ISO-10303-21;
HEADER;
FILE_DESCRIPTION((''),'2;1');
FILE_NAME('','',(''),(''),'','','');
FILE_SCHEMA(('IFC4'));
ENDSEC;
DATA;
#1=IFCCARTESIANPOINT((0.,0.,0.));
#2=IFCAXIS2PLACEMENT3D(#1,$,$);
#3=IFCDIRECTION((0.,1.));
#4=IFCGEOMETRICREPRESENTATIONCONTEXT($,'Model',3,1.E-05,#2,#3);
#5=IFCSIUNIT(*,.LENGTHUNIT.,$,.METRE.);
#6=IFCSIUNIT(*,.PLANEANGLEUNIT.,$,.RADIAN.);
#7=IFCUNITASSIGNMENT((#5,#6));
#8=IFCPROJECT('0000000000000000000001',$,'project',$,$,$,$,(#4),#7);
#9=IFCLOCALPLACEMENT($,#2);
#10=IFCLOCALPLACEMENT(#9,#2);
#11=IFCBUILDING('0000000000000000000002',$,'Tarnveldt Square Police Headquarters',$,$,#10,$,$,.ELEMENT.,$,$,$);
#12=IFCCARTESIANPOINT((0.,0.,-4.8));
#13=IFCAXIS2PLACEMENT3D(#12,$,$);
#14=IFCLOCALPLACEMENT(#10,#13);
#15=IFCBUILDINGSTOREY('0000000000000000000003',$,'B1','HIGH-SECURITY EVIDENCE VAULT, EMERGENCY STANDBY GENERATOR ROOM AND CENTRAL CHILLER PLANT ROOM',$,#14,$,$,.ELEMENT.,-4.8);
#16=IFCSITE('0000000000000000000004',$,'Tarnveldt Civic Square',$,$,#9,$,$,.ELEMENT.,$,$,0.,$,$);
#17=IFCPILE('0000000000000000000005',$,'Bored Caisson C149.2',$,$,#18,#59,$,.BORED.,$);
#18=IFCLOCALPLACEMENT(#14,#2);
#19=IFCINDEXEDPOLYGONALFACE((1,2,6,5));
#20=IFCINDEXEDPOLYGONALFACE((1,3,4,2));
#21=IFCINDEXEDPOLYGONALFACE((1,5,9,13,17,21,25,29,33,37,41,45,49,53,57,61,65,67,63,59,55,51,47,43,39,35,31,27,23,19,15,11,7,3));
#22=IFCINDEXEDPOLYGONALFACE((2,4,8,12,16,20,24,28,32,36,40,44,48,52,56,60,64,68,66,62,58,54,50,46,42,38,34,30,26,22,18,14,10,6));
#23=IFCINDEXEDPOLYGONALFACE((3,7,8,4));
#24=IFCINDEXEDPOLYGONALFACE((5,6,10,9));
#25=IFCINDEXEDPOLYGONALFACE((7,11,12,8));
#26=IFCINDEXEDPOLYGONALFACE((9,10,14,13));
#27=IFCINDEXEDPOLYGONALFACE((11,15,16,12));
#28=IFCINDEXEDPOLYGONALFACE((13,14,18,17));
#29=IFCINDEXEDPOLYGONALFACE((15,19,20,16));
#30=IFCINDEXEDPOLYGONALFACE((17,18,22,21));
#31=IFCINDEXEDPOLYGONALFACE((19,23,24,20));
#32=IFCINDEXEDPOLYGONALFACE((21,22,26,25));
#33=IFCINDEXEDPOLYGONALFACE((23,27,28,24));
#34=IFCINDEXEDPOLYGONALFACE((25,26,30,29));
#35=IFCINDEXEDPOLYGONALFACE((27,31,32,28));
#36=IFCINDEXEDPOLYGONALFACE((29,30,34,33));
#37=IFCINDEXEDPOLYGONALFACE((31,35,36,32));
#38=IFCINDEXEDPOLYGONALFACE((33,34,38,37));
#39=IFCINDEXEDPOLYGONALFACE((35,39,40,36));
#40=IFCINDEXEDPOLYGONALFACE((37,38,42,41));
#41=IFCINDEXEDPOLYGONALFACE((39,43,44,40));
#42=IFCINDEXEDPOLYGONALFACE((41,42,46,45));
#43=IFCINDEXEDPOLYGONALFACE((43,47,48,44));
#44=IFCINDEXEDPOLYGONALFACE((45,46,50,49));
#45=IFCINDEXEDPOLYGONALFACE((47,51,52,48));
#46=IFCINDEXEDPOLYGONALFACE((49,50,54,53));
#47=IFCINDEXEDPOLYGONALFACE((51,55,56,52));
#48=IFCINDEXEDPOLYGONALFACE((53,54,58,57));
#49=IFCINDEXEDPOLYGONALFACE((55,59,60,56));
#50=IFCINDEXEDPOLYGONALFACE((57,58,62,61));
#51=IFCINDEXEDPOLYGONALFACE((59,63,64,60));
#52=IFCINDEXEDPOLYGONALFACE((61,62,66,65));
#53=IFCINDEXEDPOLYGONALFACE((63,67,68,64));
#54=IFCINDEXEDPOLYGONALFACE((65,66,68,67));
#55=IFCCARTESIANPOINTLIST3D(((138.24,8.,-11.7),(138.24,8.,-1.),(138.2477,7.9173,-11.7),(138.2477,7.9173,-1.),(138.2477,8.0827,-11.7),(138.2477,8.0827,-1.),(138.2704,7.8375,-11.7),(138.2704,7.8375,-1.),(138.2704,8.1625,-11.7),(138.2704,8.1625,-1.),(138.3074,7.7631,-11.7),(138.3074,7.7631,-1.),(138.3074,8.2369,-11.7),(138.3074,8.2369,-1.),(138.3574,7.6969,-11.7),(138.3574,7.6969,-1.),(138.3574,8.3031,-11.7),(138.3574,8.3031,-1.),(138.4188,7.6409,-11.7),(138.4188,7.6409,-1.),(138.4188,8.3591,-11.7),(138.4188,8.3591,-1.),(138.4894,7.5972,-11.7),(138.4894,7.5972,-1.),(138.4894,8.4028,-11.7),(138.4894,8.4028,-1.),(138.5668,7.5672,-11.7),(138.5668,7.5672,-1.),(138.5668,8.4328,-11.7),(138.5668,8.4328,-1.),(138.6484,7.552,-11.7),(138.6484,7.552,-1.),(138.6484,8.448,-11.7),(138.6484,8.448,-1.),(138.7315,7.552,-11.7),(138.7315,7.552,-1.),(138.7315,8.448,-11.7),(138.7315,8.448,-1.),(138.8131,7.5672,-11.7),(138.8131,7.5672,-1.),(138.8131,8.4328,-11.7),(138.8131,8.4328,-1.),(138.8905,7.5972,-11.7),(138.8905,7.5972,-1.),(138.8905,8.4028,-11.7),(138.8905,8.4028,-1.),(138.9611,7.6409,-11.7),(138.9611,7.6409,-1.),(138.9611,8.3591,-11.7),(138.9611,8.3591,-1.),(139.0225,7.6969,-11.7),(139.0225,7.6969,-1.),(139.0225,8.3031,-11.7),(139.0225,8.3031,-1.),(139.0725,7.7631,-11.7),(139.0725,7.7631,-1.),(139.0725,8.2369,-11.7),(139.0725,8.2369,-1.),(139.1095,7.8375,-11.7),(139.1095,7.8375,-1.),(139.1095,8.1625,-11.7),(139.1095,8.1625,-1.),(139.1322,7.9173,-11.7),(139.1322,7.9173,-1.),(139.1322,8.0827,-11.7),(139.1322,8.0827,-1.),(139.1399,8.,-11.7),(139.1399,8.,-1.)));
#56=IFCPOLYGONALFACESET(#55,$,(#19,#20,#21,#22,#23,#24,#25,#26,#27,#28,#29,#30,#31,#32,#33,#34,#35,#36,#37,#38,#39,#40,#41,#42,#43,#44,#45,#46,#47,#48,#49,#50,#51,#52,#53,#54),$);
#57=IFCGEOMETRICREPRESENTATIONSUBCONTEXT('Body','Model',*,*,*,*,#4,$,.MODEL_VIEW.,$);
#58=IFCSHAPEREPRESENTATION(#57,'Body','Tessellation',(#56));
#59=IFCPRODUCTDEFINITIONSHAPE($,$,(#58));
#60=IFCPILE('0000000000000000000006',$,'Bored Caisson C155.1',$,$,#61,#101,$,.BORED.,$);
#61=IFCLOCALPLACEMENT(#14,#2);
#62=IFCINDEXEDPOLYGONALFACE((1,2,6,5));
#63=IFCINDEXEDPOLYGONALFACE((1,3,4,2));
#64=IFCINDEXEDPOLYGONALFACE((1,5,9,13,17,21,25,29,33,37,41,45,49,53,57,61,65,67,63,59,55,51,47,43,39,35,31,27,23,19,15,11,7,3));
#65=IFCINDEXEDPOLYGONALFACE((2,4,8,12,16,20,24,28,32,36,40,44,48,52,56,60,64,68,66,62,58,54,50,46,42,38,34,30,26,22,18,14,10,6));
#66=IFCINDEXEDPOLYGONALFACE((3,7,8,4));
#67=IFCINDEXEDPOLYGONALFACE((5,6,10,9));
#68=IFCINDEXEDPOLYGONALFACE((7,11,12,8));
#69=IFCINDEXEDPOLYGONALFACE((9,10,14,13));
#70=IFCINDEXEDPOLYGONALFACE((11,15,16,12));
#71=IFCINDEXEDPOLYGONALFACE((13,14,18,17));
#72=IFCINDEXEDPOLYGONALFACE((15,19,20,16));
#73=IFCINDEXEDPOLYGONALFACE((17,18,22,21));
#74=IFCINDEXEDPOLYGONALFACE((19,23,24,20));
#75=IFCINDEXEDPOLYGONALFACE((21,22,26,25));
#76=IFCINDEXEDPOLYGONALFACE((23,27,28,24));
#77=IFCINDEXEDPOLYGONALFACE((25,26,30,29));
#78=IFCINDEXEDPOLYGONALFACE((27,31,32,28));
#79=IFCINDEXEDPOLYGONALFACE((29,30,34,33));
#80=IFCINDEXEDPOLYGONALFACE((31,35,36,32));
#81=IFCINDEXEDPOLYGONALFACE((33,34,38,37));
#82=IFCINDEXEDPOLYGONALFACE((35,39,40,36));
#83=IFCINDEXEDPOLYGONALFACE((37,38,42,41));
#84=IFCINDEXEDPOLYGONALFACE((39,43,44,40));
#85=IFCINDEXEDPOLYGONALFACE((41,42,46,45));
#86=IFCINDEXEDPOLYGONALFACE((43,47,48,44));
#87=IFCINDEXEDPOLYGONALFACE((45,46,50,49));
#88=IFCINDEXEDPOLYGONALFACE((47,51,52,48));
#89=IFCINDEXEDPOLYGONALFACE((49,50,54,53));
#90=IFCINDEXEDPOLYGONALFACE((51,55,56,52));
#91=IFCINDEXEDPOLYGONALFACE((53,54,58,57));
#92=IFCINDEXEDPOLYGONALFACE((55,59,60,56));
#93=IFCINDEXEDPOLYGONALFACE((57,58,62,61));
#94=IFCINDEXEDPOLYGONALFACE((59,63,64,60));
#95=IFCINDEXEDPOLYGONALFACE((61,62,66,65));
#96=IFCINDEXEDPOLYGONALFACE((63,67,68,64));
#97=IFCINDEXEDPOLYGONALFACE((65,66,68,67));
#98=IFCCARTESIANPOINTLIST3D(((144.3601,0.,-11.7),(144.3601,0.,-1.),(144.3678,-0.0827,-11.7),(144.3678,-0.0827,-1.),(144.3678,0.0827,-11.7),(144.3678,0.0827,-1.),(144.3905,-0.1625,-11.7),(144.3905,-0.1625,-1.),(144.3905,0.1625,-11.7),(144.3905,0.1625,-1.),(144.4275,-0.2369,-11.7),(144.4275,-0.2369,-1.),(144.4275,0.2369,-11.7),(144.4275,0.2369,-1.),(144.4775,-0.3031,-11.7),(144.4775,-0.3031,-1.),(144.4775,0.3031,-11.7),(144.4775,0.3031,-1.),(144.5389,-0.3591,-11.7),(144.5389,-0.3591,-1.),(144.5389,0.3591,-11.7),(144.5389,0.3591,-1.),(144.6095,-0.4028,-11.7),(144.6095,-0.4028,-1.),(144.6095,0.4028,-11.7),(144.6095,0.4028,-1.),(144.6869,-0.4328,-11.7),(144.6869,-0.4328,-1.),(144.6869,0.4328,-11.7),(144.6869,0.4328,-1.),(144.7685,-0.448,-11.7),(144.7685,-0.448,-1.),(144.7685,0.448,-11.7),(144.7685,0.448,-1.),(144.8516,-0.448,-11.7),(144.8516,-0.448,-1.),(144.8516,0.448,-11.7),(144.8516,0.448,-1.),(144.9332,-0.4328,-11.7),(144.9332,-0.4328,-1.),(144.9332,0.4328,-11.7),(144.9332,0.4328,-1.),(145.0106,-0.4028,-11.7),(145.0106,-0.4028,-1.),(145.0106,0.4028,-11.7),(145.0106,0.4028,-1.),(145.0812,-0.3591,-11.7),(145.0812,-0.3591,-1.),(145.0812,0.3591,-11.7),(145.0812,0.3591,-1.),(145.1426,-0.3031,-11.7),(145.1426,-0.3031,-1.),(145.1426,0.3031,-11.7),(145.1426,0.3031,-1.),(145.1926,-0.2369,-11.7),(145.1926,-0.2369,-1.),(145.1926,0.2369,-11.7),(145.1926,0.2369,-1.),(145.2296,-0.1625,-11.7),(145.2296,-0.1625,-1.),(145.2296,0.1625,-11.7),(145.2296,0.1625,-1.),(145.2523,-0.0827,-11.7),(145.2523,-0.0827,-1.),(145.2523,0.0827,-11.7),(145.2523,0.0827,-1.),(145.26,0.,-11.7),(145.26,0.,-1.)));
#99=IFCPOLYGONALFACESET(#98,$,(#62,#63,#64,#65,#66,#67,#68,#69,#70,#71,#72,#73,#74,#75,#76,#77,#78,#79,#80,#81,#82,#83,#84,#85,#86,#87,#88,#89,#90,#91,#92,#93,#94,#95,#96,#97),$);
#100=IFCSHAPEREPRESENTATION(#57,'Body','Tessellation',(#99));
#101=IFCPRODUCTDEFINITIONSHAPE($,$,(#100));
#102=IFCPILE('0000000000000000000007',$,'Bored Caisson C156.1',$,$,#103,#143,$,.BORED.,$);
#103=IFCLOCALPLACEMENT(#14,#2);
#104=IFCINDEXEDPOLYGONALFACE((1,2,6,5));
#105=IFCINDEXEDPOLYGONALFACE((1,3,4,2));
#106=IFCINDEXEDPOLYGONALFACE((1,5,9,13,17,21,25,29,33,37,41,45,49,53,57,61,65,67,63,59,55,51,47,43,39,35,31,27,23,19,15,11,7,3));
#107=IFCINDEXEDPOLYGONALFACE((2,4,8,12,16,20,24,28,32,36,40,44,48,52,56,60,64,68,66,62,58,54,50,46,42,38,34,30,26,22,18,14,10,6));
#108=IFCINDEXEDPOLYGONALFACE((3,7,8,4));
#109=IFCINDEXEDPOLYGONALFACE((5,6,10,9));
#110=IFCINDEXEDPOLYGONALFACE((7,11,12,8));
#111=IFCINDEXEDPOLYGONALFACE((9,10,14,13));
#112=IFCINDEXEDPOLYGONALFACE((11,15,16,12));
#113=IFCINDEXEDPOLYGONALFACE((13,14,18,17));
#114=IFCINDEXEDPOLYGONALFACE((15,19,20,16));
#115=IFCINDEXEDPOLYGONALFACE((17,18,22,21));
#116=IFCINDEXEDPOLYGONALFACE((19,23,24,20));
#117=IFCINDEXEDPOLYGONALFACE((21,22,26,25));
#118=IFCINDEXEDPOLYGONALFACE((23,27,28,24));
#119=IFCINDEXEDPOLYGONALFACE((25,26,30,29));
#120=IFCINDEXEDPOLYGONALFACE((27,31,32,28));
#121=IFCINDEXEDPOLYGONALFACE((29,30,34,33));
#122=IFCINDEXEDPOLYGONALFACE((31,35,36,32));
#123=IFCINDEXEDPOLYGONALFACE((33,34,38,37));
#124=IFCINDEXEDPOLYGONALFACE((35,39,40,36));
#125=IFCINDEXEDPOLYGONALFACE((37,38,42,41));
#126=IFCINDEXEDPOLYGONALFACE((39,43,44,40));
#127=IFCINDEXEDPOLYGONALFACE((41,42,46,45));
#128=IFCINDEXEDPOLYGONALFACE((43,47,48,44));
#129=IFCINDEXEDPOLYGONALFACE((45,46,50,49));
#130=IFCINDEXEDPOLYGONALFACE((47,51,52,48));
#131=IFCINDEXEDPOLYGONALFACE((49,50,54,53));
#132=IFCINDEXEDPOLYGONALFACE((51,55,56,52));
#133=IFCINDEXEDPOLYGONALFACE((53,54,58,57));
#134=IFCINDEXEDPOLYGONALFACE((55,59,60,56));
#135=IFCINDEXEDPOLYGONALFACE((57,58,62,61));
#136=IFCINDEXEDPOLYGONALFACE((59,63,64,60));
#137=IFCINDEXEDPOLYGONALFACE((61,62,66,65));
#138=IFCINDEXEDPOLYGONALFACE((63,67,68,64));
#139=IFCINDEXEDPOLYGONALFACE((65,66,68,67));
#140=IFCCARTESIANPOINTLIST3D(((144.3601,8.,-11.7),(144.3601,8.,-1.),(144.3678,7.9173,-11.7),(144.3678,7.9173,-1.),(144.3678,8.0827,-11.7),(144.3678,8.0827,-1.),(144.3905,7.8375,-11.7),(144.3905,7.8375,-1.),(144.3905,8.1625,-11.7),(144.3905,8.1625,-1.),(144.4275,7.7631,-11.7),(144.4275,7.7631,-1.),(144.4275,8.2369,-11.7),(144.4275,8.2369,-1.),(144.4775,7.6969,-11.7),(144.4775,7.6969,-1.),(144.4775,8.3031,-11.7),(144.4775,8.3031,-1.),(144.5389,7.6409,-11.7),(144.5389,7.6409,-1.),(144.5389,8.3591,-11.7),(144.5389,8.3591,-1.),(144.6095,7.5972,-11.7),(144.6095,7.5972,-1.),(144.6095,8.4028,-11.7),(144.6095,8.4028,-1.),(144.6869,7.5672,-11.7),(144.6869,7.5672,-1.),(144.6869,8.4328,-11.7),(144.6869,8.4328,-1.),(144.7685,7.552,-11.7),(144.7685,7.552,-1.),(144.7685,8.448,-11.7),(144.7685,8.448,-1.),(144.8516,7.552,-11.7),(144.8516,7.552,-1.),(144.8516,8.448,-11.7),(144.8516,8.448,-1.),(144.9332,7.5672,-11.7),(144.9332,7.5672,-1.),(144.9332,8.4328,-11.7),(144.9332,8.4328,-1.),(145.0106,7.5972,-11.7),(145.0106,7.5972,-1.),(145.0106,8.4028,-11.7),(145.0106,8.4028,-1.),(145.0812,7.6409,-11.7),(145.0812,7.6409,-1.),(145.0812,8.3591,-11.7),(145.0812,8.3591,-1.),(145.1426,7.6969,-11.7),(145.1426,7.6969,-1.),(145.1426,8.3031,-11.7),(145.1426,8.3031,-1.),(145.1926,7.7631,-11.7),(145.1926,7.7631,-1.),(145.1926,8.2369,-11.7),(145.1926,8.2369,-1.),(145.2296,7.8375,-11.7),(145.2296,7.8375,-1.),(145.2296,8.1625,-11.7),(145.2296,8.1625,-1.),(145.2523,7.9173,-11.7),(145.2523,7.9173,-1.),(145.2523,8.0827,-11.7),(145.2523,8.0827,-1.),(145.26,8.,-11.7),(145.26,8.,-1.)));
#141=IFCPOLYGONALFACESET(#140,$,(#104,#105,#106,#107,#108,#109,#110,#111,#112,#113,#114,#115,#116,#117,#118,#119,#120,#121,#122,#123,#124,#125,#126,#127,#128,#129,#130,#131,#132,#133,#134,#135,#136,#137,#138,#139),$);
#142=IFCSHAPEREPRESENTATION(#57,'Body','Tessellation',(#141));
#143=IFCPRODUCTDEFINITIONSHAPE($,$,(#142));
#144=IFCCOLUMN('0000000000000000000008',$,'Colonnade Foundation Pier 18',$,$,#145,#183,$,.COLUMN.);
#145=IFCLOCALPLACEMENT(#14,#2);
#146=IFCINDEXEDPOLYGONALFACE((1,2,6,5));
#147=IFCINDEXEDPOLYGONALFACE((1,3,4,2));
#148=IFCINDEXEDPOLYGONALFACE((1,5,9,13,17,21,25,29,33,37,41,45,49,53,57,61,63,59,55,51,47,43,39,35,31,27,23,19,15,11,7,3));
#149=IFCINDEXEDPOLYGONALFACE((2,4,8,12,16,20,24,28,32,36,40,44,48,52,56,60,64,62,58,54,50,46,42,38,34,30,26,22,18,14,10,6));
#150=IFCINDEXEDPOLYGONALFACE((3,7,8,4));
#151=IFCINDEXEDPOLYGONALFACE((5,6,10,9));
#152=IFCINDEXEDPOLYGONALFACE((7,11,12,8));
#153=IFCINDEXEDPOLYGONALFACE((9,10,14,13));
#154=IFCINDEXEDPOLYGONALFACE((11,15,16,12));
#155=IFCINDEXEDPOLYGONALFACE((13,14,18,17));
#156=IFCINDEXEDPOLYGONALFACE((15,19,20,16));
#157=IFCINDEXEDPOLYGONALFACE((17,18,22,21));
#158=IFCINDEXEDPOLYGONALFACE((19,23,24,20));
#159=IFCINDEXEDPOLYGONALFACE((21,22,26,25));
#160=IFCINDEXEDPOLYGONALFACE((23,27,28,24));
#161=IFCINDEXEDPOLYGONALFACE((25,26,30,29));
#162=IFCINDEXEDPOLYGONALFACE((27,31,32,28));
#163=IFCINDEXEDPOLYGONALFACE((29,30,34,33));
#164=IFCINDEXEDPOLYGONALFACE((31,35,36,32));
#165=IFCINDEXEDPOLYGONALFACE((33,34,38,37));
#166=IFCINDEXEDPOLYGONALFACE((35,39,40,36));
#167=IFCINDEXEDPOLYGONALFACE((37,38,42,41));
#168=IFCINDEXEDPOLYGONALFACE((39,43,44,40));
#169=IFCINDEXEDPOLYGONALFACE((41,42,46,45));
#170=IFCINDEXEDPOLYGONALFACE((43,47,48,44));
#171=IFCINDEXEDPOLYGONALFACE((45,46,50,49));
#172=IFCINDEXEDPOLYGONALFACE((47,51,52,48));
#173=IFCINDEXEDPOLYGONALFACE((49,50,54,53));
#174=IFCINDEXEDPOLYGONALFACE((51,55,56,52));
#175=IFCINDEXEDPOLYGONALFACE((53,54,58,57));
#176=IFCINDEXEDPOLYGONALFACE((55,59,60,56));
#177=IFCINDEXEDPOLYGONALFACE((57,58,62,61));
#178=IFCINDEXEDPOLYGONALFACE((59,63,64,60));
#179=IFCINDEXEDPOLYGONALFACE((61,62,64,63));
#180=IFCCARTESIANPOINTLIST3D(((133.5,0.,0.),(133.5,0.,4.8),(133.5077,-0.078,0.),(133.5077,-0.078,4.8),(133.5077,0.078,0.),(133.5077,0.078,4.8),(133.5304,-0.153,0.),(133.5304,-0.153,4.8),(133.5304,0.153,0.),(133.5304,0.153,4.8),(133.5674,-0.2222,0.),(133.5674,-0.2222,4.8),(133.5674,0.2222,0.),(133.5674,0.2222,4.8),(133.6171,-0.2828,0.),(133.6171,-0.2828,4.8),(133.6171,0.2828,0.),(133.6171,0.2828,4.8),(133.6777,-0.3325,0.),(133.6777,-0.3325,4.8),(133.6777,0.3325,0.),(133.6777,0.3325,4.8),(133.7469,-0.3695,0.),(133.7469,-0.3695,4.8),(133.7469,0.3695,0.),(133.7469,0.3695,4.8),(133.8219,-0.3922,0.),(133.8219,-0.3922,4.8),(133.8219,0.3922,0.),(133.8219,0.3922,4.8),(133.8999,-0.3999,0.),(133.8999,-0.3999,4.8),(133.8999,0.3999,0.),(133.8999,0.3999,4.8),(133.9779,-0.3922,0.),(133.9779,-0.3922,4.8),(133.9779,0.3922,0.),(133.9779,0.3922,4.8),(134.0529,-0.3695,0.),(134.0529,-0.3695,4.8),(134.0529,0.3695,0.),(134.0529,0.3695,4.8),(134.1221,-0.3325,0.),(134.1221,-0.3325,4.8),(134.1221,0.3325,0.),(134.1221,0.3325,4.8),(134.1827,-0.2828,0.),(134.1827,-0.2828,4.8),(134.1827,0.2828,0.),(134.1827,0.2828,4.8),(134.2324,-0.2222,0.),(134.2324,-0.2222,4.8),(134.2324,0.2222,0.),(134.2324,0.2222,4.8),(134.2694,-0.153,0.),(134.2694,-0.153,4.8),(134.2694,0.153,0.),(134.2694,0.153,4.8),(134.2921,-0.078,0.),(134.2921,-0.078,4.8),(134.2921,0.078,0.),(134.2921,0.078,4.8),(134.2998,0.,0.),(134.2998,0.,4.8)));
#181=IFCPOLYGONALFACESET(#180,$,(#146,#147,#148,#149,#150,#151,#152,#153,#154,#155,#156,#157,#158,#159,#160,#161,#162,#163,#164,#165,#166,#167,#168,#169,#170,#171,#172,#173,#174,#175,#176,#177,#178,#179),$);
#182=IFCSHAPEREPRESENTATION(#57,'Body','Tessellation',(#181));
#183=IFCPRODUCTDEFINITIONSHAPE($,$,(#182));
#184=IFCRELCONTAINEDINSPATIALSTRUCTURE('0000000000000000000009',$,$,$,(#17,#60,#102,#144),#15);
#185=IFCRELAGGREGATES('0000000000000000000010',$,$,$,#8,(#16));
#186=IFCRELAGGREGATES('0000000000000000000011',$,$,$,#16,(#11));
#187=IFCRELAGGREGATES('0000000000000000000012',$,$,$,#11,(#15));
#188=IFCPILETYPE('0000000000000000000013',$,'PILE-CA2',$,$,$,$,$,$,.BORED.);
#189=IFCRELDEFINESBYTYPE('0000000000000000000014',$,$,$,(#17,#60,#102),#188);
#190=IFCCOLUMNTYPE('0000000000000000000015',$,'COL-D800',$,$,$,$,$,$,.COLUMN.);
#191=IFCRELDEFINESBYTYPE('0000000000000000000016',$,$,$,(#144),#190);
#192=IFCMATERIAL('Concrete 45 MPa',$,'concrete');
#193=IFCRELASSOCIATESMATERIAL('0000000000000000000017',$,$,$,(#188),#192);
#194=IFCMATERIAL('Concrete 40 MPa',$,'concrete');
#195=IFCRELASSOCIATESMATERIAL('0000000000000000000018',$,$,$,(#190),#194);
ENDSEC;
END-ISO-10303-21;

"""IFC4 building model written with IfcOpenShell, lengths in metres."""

from ifc_helpers import new_model, si_unit, direction, frame, origin, origin_2d, place, context, subcontext, project, spatial, circle, extrude, material, material_profile, profile_set, type_object, element, save


model = new_model("IFC4")

# Units and contexts
model_context = context("Model", 3, precision=1e-05, world=origin(), true_north=direction((0.0, 1.0)))
body_context = subcontext(model_context, "Body", "Model", "MODEL_VIEW")
ifc_project = project(units=[si_unit("LENGTHUNIT", "METRE"), si_unit("PLANEANGLEUNIT", "RADIAN")], contexts=[model_context])

# Site, building, storey
site_placement = place(None, origin())
site = spatial("IfcSite", under=ifc_project, at=site_placement, Name="Tarnveldt Civic Square", CompositionType="ELEMENT", RefElevation=0.0)
building_placement = place(site_placement, origin())
building = spatial("IfcBuilding", under=site, at=building_placement, Name="Tarnveldt Square Police Headquarters", CompositionType="ELEMENT")
storey_placement = place(building_placement, frame((0.0, 0.0, -4.8)))
storey = spatial("IfcBuildingStorey", under=building, at=storey_placement, Name="B1", Description="HIGH-SECURITY EVIDENCE VAULT, EMERGENCY STANDBY GENERATOR ROOM AND CENTRAL CHILLER PLANT ROOM", CompositionType="ELEMENT", Elevation=-4.8)

# Shared definitions
ifc_material_1 = material(Name="Concrete 45 MPa", Category="concrete")
ifc_material_2 = material(Name="Concrete 40 MPa", Category="concrete")

# Piles
ifc_material_profile_1 = material_profile(ifc_material_1, circle(Radius=0.45, at=origin_2d()), Name="CAISSON-D900")
ifc_profile_set_1 = profile_set([ifc_material_profile_1], Name="Concrete 45 MPa")
pile_type = type_object("IfcPileType", Name="PILE-CA2", PredefinedType="BORED", material=ifc_profile_set_1)
for number, where, z_axis, x_axis, name in (
    (1, (138.6899, 8.0, -1.0), (0.0, 0.0, -1.0), (1.0, 0.0, 0.0), "Bored Caisson C149.2"),
    (2, (144.8101, 0.0, -1.0), (0.0, 0.0, -1.0), (1.0, 0.0, 0.0), "Bored Caisson C155.1"),
    (3, (144.8101, 8.0, -1.0), (0.0, 0.0, -1.0), (1.0, 0.0, 0.0), "Bored Caisson C156.1"),
):
    element("IfcPile", number, at=place(storey_placement, frame(where, z_axis=z_axis, x_axis=x_axis)), inside=storey, type_object=pile_type, Name=name, PredefinedType="BORED", context=body_context, shape_type="SweptSolid", body=[
        extrude(circle(Radius=0.45, at=origin_2d()), origin(), (0.0, 0.0, 1.0), 10.7),
    ])

# Column
ifc_material_profile_2 = material_profile(ifc_material_2, circle(Radius=0.3999, at=origin_2d()), Name="RC-D800")
ifc_profile_set_2 = profile_set([ifc_material_profile_2], Name="Concrete 40 MPa")
column_type_1 = type_object("IfcColumnType", Name="COL-D800", PredefinedType="COLUMN", material=ifc_profile_set_2)
for number, where, z_axis, x_axis, name in (
    (4, (133.8999, 0.0, 0.0), (0.0, 0.0, 1.0), (1.0, 0.0, 0.0), "Colonnade Foundation Pier 18"),
):
    element("IfcColumn", number, at=place(storey_placement, frame(where, z_axis=z_axis, x_axis=x_axis)), inside=storey, type_object=column_type_1, Name=name, PredefinedType="COLUMN", context=body_context, shape_type="SweptSolid", body=[
        extrude(circle(Radius=0.3999, at=origin_2d()), origin(), (0.0, 0.0, 1.0), 4.8),
    ])

save(model, "model.ifc")
